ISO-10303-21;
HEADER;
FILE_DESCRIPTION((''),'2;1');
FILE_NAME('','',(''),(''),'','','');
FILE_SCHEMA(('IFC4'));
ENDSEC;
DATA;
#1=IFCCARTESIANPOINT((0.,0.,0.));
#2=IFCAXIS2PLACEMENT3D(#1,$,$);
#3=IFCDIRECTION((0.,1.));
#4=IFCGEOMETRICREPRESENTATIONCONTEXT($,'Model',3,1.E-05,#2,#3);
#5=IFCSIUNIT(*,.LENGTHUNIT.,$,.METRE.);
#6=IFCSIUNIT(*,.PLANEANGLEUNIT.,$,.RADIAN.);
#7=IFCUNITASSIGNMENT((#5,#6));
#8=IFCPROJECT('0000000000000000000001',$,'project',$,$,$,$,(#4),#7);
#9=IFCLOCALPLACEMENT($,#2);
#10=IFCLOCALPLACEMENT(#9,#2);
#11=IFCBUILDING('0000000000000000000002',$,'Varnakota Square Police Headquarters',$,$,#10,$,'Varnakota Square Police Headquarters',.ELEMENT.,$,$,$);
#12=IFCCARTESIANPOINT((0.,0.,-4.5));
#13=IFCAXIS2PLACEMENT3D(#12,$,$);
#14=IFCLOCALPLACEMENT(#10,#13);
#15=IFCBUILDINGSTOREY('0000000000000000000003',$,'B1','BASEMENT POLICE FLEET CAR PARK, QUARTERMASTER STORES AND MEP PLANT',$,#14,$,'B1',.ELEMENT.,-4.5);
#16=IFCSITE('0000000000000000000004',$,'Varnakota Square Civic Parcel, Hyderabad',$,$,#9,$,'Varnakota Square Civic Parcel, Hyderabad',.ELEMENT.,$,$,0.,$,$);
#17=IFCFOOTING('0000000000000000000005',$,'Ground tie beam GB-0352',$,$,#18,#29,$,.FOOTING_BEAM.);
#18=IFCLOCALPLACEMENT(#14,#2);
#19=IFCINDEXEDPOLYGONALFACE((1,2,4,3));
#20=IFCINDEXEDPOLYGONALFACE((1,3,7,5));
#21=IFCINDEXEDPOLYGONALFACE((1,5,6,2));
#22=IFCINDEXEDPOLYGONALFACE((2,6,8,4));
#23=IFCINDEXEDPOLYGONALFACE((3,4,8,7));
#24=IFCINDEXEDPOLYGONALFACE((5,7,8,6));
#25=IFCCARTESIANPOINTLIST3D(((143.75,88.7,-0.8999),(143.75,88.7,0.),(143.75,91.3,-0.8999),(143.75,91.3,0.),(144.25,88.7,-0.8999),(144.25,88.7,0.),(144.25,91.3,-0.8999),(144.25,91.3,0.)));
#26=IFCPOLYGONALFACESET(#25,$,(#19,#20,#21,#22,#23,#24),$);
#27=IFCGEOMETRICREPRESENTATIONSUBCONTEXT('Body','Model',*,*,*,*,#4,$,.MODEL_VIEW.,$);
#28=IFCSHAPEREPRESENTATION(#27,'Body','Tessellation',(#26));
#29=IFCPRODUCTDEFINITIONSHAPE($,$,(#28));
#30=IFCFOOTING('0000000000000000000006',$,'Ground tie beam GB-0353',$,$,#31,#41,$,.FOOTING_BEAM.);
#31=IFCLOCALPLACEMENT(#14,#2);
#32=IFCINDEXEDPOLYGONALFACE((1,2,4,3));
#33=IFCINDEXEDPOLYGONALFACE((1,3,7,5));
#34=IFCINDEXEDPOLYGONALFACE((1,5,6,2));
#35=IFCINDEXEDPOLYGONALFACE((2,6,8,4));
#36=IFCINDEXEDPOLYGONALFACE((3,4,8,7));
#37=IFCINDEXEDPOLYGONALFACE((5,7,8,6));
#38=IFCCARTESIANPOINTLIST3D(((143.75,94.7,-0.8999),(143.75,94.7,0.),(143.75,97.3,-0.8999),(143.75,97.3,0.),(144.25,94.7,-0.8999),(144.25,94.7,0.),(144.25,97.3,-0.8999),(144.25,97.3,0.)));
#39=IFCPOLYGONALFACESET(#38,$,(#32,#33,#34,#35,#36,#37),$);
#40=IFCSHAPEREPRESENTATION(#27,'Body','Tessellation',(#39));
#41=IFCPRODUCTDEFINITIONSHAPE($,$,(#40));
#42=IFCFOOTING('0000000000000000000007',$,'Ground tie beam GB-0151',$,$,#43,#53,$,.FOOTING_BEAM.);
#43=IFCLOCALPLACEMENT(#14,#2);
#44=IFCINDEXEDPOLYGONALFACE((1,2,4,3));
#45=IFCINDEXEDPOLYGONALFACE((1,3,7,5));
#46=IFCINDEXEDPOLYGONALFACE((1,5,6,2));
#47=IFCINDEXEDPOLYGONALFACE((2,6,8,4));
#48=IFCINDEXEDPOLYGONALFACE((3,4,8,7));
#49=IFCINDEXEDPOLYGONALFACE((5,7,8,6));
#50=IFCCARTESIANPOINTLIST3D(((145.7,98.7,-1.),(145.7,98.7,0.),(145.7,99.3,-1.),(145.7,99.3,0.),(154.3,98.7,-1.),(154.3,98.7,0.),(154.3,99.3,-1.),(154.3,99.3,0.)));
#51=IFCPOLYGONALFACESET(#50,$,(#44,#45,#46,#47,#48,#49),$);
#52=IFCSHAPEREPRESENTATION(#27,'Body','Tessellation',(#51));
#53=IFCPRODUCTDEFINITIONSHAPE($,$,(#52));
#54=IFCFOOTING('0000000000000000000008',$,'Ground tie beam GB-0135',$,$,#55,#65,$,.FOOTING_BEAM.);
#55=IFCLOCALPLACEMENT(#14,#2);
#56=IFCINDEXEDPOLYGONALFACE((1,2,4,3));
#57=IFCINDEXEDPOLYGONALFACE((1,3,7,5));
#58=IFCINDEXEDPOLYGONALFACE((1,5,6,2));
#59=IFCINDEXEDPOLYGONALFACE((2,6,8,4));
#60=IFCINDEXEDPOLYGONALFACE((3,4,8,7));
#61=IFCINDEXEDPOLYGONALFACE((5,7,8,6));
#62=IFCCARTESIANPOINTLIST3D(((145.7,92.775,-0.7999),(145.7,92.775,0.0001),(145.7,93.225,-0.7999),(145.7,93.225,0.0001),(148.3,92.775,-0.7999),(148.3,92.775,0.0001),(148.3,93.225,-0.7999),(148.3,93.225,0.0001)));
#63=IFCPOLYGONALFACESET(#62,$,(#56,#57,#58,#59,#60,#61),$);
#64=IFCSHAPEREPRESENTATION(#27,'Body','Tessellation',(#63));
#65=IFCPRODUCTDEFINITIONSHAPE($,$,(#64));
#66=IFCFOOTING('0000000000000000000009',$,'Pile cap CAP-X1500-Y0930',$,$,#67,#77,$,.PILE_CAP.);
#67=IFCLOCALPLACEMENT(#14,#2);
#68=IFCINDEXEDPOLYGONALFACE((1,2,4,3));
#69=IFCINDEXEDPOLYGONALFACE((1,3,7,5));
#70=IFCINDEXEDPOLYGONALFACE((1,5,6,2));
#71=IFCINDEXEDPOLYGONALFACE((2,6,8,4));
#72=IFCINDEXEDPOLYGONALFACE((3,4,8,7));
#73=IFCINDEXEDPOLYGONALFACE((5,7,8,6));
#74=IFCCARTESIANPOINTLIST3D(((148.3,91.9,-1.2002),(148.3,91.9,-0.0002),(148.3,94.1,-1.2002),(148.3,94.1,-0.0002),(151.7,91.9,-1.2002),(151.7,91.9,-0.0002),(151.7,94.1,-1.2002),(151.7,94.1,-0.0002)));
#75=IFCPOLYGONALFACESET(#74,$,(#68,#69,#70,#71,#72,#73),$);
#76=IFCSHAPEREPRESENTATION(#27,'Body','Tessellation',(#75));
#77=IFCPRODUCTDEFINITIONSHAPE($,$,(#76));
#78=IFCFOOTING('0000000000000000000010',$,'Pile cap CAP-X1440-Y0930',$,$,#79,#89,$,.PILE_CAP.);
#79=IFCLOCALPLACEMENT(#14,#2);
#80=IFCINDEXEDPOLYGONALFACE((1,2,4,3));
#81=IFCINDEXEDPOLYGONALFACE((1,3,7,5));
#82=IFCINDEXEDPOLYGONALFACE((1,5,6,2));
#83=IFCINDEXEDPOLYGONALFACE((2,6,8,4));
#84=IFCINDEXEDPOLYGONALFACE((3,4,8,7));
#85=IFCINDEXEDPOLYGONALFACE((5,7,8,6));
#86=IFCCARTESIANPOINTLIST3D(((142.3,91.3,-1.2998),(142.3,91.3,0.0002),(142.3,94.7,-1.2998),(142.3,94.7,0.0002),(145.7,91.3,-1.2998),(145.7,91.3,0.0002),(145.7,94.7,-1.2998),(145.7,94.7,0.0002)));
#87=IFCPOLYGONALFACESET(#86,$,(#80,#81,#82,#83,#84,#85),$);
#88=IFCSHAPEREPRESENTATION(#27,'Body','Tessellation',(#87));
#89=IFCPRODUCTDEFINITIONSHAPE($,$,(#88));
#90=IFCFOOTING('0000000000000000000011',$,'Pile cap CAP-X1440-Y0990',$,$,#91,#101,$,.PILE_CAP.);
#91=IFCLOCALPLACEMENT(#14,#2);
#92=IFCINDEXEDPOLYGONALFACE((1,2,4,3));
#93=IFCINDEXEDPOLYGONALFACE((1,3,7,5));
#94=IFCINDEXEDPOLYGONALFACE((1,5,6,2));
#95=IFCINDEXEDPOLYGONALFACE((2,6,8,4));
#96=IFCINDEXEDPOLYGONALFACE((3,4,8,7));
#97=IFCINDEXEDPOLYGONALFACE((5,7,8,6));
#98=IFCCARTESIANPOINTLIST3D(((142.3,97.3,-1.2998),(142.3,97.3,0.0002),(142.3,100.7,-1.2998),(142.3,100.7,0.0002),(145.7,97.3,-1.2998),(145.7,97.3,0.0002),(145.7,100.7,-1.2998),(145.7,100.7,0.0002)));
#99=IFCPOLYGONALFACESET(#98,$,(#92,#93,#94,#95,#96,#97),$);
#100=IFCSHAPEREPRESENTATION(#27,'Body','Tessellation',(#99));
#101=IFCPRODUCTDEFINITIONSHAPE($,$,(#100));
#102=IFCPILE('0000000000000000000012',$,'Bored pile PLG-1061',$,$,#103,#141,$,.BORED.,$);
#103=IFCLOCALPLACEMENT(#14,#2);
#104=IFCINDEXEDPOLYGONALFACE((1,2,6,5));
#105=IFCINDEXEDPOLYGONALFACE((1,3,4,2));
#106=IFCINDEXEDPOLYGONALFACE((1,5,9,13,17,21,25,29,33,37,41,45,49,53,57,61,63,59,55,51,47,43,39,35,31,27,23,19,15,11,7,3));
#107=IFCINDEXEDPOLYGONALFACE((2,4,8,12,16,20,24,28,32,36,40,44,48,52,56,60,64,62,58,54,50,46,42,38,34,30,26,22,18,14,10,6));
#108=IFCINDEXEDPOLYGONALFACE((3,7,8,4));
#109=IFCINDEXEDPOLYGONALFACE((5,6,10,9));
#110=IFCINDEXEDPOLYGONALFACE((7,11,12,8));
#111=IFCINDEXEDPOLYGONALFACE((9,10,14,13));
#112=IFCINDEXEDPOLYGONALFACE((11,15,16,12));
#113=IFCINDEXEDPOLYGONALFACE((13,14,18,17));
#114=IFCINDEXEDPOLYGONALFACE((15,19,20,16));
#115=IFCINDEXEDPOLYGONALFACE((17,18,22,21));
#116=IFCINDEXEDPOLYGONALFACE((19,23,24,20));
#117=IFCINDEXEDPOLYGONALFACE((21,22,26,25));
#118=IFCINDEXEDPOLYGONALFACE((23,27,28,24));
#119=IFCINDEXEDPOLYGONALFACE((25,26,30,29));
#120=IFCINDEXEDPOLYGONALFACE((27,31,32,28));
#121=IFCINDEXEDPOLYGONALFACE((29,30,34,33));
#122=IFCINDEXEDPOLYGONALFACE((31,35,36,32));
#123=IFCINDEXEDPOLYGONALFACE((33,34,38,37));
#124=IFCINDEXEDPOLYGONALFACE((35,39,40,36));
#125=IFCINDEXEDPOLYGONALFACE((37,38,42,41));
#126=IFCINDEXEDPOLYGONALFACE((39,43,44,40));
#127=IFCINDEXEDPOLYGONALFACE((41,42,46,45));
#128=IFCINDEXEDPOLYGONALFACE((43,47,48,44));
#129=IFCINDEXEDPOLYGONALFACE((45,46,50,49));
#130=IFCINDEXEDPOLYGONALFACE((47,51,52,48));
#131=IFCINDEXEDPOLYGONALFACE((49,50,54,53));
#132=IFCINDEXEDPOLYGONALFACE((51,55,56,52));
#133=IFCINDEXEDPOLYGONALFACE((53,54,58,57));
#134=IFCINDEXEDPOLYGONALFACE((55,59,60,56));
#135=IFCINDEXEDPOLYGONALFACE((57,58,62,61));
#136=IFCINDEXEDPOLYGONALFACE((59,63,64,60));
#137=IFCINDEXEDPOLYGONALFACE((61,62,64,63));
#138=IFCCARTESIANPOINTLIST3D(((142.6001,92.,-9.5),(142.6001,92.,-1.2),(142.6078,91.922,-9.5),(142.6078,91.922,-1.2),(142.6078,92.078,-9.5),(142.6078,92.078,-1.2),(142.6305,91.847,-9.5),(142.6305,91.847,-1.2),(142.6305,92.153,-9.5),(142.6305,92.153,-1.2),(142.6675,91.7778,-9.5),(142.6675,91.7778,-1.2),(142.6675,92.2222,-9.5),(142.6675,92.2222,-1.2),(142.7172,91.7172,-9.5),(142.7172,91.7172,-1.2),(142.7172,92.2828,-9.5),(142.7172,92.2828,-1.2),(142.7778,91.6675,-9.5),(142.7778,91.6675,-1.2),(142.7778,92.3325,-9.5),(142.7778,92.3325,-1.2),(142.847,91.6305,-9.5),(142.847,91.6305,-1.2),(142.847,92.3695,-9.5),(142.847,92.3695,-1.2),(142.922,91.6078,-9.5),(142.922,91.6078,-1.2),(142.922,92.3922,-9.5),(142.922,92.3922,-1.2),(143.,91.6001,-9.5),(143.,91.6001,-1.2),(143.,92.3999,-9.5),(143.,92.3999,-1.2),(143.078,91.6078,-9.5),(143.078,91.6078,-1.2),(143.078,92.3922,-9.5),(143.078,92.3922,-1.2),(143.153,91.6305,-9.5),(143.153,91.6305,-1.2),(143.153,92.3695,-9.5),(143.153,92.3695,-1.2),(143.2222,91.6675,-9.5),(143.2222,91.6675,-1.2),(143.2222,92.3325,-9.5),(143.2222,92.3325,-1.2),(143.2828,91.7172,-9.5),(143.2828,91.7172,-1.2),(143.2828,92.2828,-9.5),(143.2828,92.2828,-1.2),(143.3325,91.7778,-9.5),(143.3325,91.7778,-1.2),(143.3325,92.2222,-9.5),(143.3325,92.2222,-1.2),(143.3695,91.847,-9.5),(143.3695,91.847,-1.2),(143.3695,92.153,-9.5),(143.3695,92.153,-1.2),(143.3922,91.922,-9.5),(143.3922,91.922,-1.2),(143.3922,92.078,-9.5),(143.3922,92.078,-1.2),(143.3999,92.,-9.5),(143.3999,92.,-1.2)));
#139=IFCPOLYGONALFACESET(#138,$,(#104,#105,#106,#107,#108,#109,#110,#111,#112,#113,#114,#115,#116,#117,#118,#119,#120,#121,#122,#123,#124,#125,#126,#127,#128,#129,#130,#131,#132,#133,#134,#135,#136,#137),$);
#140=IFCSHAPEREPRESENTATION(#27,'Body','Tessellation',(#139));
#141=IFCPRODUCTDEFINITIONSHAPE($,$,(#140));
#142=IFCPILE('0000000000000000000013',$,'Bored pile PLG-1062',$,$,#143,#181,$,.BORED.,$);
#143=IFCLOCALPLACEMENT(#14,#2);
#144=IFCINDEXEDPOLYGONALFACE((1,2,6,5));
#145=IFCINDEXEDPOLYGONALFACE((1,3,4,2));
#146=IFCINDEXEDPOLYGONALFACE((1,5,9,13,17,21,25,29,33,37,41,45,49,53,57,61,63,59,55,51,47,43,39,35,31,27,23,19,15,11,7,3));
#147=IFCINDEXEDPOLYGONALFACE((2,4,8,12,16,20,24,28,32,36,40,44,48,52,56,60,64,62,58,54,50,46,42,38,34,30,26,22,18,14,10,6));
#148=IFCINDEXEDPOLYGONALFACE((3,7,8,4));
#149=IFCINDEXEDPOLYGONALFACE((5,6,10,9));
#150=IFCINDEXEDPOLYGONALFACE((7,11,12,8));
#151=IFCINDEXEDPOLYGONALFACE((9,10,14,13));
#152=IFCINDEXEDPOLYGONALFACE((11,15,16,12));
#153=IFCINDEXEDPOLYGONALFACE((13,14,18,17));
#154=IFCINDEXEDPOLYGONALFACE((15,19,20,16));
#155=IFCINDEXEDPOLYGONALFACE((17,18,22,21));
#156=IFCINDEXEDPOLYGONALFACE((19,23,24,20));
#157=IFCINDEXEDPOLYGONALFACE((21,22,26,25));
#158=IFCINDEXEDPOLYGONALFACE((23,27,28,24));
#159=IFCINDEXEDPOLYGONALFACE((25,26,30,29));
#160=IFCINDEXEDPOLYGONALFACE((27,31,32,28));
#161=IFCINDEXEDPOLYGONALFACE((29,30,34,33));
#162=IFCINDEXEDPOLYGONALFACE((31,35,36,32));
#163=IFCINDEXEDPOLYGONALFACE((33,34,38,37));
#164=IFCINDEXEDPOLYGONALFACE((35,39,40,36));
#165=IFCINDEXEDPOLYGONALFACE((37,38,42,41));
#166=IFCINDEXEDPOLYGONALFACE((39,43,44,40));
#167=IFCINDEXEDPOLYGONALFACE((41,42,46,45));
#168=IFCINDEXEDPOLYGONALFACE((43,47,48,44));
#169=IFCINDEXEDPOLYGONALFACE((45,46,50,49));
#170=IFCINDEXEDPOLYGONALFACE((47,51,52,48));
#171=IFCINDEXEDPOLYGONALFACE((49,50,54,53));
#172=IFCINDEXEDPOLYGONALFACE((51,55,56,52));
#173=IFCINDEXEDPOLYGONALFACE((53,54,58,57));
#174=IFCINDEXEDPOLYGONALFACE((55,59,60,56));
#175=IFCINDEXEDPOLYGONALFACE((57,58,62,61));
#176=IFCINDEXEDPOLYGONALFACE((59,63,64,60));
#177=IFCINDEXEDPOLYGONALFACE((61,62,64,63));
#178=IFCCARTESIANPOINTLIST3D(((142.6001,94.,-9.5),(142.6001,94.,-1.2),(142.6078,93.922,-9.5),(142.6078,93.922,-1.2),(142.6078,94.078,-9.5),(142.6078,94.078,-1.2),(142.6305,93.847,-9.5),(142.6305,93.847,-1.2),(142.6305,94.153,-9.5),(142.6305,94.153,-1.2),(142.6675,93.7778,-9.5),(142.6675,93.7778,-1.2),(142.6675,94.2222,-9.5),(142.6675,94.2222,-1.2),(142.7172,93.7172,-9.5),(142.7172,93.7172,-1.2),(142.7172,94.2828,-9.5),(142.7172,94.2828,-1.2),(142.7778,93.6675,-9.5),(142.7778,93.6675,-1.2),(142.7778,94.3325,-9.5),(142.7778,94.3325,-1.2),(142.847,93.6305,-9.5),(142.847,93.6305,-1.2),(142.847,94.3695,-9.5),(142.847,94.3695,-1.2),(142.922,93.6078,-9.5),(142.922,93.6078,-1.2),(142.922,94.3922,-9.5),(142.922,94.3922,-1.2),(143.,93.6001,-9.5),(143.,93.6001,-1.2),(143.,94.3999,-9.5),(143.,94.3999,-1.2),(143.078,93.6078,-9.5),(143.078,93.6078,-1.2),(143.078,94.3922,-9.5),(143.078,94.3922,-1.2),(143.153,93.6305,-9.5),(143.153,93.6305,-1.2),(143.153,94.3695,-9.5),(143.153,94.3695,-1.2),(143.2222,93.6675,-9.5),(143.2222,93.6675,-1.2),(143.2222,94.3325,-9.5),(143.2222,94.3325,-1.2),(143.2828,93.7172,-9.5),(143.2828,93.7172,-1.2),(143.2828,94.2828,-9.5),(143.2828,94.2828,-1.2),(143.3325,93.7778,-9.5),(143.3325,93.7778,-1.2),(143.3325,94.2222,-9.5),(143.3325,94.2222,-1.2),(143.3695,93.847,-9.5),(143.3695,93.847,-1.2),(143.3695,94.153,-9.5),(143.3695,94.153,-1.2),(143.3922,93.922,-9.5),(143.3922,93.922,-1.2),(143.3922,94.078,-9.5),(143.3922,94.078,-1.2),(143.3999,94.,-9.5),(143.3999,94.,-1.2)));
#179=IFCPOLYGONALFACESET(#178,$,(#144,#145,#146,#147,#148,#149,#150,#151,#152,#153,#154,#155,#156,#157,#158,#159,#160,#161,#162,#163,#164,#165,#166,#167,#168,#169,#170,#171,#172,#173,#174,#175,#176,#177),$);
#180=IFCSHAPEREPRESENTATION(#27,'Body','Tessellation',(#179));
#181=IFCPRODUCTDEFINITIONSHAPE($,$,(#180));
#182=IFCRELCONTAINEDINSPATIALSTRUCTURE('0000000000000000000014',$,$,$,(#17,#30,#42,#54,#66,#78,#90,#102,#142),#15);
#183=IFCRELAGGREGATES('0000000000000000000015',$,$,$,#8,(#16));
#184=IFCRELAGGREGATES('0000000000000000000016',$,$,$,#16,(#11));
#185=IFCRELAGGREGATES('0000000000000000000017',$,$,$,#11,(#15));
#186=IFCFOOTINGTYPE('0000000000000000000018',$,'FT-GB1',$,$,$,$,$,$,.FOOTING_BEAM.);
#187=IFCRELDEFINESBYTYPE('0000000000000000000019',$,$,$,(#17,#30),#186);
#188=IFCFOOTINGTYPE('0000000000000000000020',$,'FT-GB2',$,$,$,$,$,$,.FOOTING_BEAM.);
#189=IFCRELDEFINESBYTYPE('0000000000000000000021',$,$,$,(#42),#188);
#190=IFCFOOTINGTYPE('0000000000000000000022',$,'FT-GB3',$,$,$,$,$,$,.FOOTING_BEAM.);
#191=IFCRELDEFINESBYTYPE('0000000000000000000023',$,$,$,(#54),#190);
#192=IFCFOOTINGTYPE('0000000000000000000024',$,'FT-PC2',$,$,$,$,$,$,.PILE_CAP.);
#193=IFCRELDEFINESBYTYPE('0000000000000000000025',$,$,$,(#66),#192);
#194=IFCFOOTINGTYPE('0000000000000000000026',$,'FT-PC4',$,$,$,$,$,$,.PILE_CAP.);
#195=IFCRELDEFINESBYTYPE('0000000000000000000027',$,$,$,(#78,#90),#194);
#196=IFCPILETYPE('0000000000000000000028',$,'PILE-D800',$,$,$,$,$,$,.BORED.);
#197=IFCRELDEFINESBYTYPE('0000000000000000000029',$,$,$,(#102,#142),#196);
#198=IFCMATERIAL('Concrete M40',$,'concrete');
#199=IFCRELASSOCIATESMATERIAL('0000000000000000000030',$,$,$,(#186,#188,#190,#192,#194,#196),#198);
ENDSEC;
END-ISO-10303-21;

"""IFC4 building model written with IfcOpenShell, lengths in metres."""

from ifc_helpers import new_model, si_unit, direction, frame, origin, origin_2d, place, context, subcontext, project, spatial, rectangle, circle, extrude, material, material_profile, profile_set, type_object, element, save


model = new_model("IFC4")

# Units and contexts
model_context = context("Model", 3, precision=1e-05, world=origin(), true_north=direction((0.0, 1.0)))
body_context = subcontext(model_context, "Body", "Model", "MODEL_VIEW")
ifc_project = project(units=[si_unit("LENGTHUNIT", "METRE"), si_unit("PLANEANGLEUNIT", "RADIAN")], contexts=[model_context])

# Site, building, storey
site_placement = place(None, origin())
site = spatial("IfcSite", under=ifc_project, at=site_placement, Name="Varnakota Square Civic Parcel, Hyderabad", LongName="Varnakota Square Civic Parcel, Hyderabad", CompositionType="ELEMENT", RefElevation=0.0)
building_placement = place(site_placement, origin())
building = spatial("IfcBuilding", under=site, at=building_placement, Name="Varnakota Square Police Headquarters", LongName="Varnakota Square Police Headquarters", CompositionType="ELEMENT")
storey_placement = place(building_placement, frame((0.0, 0.0, -4.5)))
storey = spatial("IfcBuildingStorey", under=building, at=storey_placement, Name="B1", Description="BASEMENT POLICE FLEET CAR PARK, QUARTERMASTER STORES AND MEP PLANT", LongName="B1", CompositionType="ELEMENT", Elevation=-4.5)

# Footings
ifc_material_1 = material(Name="Concrete M40", Category="concrete")
ifc_material_profile_1 = material_profile(ifc_material_1, rectangle(XDim=0.5, YDim=0.8999, at=origin_2d()), Name="GB 500x900")
ifc_profile_set_1 = profile_set([ifc_material_profile_1], Name="Concrete M40")
footing_type_1 = type_object("IfcFootingType", Name="FT-GB1", PredefinedType="FOOTING_BEAM", material=ifc_profile_set_1)
for number, where, z_axis, x_axis, name in (
    (1, (144.0, 88.7, -0.45), (0.0, 1.0, 0.0), (-1.0, 0.0, 0.0), "Ground tie beam GB-0352"),
    (2, (144.0, 94.7, -0.45), (0.0, 1.0, 0.0), (-1.0, 0.0, 0.0), "Ground tie beam GB-0353"),
):
    element("IfcFooting", number, at=place(storey_placement, frame(where, z_axis=z_axis, x_axis=x_axis)), inside=storey, type_object=footing_type_1, Name=name, PredefinedType="FOOTING_BEAM", context=body_context, shape_type="SweptSolid", body=[
        extrude(rectangle(XDim=0.5, YDim=0.8999, at=origin_2d()), origin(), (0.0, 0.0, 1.0), 2.6001),
    ])
ifc_material_profile_2 = material_profile(ifc_material_1, rectangle(XDim=0.6001, YDim=1.0, at=origin_2d()), Name="GB 600x1000")
ifc_profile_set_2 = profile_set([ifc_material_profile_2], Name="Concrete M40")
footing_type_2 = type_object("IfcFootingType", Name="FT-GB2", PredefinedType="FOOTING_BEAM", material=ifc_profile_set_2)
footing_1_placement = place(storey_placement, frame((145.7, 99.0, -0.5), z_axis=(1.0, 0.0, 0.0), x_axis=(0.0, 1.0, 0.0)))
element("IfcFooting", 3, at=footing_1_placement, inside=storey, type_object=footing_type_2, Name="Ground tie beam GB-0151", PredefinedType="FOOTING_BEAM", context=body_context, shape_type="SweptSolid", body=[
    extrude(rectangle(XDim=0.6001, YDim=1.0, at=origin_2d()), origin(), (0.0, 0.0, 1.0), 8.6001),
])
ifc_material_profile_3 = material_profile(ifc_material_1, rectangle(XDim=0.45, YDim=0.8, at=origin_2d()), Name="GB 450x800")
ifc_profile_set_3 = profile_set([ifc_material_profile_3], Name="Concrete M40")
footing_type_3 = type_object("IfcFootingType", Name="FT-GB3", PredefinedType="FOOTING_BEAM", material=ifc_profile_set_3)
footing_2_placement = place(storey_placement, frame((145.7, 93.0, -0.3999), z_axis=(1.0, 0.0, 0.0), x_axis=(0.0, 1.0, 0.0)))
element("IfcFooting", 4, at=footing_2_placement, inside=storey, type_object=footing_type_3, Name="Ground tie beam GB-0135", PredefinedType="FOOTING_BEAM", context=body_context, shape_type="SweptSolid", body=[
    extrude(rectangle(XDim=0.45, YDim=0.8, at=origin_2d()), origin(), (0.0, 0.0, 1.0), 2.6001),
])
footing_type_4 = type_object("IfcFootingType", Name="FT-PC2", PredefinedType="PILE_CAP", material=ifc_material_1)
footing_3_placement = place(storey_placement, frame((150.0, 93.0, -1.2002), z_axis=(0.0, 0.0, 1.0), x_axis=(1.0, 0.0, 0.0)))
element("IfcFooting", 5, at=footing_3_placement, inside=storey, type_object=footing_type_4, Name="Pile cap CAP-X1500-Y0930", PredefinedType="PILE_CAP", context=body_context, shape_type="SweptSolid", body=[
    extrude(rectangle(XDim=3.3999, YDim=2.2, at=origin_2d()), origin(), (0.0, 0.0, 1.0), 1.2),
])
footing_type_5 = type_object("IfcFootingType", Name="FT-PC4", PredefinedType="PILE_CAP", material=ifc_material_1)
for number, where, z_axis, x_axis, name in (
    (6, (144.0, 93.0, -1.2998), (0.0, 0.0, 1.0), (1.0, 0.0, 0.0), "Pile cap CAP-X1440-Y0930"),
    (7, (144.0, 99.0, -1.2998), (0.0, 0.0, 1.0), (1.0, 0.0, 0.0), "Pile cap CAP-X1440-Y0990"),
):
    element("IfcFooting", number, at=place(storey_placement, frame(where, z_axis=z_axis, x_axis=x_axis)), inside=storey, type_object=footing_type_5, Name=name, PredefinedType="PILE_CAP", context=body_context, shape_type="SweptSolid", body=[
        extrude(rectangle(XDim=3.3999, YDim=3.3999, at=origin_2d()), origin(), (0.0, 0.0, 1.0), 1.3),
    ])

# Piles
ifc_material_profile_4 = material_profile(ifc_material_1, circle(Radius=0.3999, at=origin_2d()), Name="BORED PILE 800")
ifc_profile_set_4 = profile_set([ifc_material_profile_4], Name="Concrete M40")
pile_type = type_object("IfcPileType", Name="PILE-D800", PredefinedType="BORED", material=ifc_profile_set_4)
for number, where, z_axis, x_axis, name in (
    (8, (143.0, 92.0, -1.2), (0.0, 0.0, -1.0), (1.0, 0.0, 0.0), "Bored pile PLG-1061"),
    (9, (143.0, 94.0, -1.2), (0.0, 0.0, -1.0), (1.0, 0.0, 0.0), "Bored pile PLG-1062"),
):
    element("IfcPile", number, at=place(storey_placement, frame(where, z_axis=z_axis, x_axis=x_axis)), inside=storey, type_object=pile_type, Name=name, PredefinedType="BORED", context=body_context, shape_type="SweptSolid", body=[
        extrude(circle(Radius=0.3999, at=origin_2d()), origin(), (0.0, 0.0, 1.0), 8.3),
    ])

save(model, "model.ifc")
